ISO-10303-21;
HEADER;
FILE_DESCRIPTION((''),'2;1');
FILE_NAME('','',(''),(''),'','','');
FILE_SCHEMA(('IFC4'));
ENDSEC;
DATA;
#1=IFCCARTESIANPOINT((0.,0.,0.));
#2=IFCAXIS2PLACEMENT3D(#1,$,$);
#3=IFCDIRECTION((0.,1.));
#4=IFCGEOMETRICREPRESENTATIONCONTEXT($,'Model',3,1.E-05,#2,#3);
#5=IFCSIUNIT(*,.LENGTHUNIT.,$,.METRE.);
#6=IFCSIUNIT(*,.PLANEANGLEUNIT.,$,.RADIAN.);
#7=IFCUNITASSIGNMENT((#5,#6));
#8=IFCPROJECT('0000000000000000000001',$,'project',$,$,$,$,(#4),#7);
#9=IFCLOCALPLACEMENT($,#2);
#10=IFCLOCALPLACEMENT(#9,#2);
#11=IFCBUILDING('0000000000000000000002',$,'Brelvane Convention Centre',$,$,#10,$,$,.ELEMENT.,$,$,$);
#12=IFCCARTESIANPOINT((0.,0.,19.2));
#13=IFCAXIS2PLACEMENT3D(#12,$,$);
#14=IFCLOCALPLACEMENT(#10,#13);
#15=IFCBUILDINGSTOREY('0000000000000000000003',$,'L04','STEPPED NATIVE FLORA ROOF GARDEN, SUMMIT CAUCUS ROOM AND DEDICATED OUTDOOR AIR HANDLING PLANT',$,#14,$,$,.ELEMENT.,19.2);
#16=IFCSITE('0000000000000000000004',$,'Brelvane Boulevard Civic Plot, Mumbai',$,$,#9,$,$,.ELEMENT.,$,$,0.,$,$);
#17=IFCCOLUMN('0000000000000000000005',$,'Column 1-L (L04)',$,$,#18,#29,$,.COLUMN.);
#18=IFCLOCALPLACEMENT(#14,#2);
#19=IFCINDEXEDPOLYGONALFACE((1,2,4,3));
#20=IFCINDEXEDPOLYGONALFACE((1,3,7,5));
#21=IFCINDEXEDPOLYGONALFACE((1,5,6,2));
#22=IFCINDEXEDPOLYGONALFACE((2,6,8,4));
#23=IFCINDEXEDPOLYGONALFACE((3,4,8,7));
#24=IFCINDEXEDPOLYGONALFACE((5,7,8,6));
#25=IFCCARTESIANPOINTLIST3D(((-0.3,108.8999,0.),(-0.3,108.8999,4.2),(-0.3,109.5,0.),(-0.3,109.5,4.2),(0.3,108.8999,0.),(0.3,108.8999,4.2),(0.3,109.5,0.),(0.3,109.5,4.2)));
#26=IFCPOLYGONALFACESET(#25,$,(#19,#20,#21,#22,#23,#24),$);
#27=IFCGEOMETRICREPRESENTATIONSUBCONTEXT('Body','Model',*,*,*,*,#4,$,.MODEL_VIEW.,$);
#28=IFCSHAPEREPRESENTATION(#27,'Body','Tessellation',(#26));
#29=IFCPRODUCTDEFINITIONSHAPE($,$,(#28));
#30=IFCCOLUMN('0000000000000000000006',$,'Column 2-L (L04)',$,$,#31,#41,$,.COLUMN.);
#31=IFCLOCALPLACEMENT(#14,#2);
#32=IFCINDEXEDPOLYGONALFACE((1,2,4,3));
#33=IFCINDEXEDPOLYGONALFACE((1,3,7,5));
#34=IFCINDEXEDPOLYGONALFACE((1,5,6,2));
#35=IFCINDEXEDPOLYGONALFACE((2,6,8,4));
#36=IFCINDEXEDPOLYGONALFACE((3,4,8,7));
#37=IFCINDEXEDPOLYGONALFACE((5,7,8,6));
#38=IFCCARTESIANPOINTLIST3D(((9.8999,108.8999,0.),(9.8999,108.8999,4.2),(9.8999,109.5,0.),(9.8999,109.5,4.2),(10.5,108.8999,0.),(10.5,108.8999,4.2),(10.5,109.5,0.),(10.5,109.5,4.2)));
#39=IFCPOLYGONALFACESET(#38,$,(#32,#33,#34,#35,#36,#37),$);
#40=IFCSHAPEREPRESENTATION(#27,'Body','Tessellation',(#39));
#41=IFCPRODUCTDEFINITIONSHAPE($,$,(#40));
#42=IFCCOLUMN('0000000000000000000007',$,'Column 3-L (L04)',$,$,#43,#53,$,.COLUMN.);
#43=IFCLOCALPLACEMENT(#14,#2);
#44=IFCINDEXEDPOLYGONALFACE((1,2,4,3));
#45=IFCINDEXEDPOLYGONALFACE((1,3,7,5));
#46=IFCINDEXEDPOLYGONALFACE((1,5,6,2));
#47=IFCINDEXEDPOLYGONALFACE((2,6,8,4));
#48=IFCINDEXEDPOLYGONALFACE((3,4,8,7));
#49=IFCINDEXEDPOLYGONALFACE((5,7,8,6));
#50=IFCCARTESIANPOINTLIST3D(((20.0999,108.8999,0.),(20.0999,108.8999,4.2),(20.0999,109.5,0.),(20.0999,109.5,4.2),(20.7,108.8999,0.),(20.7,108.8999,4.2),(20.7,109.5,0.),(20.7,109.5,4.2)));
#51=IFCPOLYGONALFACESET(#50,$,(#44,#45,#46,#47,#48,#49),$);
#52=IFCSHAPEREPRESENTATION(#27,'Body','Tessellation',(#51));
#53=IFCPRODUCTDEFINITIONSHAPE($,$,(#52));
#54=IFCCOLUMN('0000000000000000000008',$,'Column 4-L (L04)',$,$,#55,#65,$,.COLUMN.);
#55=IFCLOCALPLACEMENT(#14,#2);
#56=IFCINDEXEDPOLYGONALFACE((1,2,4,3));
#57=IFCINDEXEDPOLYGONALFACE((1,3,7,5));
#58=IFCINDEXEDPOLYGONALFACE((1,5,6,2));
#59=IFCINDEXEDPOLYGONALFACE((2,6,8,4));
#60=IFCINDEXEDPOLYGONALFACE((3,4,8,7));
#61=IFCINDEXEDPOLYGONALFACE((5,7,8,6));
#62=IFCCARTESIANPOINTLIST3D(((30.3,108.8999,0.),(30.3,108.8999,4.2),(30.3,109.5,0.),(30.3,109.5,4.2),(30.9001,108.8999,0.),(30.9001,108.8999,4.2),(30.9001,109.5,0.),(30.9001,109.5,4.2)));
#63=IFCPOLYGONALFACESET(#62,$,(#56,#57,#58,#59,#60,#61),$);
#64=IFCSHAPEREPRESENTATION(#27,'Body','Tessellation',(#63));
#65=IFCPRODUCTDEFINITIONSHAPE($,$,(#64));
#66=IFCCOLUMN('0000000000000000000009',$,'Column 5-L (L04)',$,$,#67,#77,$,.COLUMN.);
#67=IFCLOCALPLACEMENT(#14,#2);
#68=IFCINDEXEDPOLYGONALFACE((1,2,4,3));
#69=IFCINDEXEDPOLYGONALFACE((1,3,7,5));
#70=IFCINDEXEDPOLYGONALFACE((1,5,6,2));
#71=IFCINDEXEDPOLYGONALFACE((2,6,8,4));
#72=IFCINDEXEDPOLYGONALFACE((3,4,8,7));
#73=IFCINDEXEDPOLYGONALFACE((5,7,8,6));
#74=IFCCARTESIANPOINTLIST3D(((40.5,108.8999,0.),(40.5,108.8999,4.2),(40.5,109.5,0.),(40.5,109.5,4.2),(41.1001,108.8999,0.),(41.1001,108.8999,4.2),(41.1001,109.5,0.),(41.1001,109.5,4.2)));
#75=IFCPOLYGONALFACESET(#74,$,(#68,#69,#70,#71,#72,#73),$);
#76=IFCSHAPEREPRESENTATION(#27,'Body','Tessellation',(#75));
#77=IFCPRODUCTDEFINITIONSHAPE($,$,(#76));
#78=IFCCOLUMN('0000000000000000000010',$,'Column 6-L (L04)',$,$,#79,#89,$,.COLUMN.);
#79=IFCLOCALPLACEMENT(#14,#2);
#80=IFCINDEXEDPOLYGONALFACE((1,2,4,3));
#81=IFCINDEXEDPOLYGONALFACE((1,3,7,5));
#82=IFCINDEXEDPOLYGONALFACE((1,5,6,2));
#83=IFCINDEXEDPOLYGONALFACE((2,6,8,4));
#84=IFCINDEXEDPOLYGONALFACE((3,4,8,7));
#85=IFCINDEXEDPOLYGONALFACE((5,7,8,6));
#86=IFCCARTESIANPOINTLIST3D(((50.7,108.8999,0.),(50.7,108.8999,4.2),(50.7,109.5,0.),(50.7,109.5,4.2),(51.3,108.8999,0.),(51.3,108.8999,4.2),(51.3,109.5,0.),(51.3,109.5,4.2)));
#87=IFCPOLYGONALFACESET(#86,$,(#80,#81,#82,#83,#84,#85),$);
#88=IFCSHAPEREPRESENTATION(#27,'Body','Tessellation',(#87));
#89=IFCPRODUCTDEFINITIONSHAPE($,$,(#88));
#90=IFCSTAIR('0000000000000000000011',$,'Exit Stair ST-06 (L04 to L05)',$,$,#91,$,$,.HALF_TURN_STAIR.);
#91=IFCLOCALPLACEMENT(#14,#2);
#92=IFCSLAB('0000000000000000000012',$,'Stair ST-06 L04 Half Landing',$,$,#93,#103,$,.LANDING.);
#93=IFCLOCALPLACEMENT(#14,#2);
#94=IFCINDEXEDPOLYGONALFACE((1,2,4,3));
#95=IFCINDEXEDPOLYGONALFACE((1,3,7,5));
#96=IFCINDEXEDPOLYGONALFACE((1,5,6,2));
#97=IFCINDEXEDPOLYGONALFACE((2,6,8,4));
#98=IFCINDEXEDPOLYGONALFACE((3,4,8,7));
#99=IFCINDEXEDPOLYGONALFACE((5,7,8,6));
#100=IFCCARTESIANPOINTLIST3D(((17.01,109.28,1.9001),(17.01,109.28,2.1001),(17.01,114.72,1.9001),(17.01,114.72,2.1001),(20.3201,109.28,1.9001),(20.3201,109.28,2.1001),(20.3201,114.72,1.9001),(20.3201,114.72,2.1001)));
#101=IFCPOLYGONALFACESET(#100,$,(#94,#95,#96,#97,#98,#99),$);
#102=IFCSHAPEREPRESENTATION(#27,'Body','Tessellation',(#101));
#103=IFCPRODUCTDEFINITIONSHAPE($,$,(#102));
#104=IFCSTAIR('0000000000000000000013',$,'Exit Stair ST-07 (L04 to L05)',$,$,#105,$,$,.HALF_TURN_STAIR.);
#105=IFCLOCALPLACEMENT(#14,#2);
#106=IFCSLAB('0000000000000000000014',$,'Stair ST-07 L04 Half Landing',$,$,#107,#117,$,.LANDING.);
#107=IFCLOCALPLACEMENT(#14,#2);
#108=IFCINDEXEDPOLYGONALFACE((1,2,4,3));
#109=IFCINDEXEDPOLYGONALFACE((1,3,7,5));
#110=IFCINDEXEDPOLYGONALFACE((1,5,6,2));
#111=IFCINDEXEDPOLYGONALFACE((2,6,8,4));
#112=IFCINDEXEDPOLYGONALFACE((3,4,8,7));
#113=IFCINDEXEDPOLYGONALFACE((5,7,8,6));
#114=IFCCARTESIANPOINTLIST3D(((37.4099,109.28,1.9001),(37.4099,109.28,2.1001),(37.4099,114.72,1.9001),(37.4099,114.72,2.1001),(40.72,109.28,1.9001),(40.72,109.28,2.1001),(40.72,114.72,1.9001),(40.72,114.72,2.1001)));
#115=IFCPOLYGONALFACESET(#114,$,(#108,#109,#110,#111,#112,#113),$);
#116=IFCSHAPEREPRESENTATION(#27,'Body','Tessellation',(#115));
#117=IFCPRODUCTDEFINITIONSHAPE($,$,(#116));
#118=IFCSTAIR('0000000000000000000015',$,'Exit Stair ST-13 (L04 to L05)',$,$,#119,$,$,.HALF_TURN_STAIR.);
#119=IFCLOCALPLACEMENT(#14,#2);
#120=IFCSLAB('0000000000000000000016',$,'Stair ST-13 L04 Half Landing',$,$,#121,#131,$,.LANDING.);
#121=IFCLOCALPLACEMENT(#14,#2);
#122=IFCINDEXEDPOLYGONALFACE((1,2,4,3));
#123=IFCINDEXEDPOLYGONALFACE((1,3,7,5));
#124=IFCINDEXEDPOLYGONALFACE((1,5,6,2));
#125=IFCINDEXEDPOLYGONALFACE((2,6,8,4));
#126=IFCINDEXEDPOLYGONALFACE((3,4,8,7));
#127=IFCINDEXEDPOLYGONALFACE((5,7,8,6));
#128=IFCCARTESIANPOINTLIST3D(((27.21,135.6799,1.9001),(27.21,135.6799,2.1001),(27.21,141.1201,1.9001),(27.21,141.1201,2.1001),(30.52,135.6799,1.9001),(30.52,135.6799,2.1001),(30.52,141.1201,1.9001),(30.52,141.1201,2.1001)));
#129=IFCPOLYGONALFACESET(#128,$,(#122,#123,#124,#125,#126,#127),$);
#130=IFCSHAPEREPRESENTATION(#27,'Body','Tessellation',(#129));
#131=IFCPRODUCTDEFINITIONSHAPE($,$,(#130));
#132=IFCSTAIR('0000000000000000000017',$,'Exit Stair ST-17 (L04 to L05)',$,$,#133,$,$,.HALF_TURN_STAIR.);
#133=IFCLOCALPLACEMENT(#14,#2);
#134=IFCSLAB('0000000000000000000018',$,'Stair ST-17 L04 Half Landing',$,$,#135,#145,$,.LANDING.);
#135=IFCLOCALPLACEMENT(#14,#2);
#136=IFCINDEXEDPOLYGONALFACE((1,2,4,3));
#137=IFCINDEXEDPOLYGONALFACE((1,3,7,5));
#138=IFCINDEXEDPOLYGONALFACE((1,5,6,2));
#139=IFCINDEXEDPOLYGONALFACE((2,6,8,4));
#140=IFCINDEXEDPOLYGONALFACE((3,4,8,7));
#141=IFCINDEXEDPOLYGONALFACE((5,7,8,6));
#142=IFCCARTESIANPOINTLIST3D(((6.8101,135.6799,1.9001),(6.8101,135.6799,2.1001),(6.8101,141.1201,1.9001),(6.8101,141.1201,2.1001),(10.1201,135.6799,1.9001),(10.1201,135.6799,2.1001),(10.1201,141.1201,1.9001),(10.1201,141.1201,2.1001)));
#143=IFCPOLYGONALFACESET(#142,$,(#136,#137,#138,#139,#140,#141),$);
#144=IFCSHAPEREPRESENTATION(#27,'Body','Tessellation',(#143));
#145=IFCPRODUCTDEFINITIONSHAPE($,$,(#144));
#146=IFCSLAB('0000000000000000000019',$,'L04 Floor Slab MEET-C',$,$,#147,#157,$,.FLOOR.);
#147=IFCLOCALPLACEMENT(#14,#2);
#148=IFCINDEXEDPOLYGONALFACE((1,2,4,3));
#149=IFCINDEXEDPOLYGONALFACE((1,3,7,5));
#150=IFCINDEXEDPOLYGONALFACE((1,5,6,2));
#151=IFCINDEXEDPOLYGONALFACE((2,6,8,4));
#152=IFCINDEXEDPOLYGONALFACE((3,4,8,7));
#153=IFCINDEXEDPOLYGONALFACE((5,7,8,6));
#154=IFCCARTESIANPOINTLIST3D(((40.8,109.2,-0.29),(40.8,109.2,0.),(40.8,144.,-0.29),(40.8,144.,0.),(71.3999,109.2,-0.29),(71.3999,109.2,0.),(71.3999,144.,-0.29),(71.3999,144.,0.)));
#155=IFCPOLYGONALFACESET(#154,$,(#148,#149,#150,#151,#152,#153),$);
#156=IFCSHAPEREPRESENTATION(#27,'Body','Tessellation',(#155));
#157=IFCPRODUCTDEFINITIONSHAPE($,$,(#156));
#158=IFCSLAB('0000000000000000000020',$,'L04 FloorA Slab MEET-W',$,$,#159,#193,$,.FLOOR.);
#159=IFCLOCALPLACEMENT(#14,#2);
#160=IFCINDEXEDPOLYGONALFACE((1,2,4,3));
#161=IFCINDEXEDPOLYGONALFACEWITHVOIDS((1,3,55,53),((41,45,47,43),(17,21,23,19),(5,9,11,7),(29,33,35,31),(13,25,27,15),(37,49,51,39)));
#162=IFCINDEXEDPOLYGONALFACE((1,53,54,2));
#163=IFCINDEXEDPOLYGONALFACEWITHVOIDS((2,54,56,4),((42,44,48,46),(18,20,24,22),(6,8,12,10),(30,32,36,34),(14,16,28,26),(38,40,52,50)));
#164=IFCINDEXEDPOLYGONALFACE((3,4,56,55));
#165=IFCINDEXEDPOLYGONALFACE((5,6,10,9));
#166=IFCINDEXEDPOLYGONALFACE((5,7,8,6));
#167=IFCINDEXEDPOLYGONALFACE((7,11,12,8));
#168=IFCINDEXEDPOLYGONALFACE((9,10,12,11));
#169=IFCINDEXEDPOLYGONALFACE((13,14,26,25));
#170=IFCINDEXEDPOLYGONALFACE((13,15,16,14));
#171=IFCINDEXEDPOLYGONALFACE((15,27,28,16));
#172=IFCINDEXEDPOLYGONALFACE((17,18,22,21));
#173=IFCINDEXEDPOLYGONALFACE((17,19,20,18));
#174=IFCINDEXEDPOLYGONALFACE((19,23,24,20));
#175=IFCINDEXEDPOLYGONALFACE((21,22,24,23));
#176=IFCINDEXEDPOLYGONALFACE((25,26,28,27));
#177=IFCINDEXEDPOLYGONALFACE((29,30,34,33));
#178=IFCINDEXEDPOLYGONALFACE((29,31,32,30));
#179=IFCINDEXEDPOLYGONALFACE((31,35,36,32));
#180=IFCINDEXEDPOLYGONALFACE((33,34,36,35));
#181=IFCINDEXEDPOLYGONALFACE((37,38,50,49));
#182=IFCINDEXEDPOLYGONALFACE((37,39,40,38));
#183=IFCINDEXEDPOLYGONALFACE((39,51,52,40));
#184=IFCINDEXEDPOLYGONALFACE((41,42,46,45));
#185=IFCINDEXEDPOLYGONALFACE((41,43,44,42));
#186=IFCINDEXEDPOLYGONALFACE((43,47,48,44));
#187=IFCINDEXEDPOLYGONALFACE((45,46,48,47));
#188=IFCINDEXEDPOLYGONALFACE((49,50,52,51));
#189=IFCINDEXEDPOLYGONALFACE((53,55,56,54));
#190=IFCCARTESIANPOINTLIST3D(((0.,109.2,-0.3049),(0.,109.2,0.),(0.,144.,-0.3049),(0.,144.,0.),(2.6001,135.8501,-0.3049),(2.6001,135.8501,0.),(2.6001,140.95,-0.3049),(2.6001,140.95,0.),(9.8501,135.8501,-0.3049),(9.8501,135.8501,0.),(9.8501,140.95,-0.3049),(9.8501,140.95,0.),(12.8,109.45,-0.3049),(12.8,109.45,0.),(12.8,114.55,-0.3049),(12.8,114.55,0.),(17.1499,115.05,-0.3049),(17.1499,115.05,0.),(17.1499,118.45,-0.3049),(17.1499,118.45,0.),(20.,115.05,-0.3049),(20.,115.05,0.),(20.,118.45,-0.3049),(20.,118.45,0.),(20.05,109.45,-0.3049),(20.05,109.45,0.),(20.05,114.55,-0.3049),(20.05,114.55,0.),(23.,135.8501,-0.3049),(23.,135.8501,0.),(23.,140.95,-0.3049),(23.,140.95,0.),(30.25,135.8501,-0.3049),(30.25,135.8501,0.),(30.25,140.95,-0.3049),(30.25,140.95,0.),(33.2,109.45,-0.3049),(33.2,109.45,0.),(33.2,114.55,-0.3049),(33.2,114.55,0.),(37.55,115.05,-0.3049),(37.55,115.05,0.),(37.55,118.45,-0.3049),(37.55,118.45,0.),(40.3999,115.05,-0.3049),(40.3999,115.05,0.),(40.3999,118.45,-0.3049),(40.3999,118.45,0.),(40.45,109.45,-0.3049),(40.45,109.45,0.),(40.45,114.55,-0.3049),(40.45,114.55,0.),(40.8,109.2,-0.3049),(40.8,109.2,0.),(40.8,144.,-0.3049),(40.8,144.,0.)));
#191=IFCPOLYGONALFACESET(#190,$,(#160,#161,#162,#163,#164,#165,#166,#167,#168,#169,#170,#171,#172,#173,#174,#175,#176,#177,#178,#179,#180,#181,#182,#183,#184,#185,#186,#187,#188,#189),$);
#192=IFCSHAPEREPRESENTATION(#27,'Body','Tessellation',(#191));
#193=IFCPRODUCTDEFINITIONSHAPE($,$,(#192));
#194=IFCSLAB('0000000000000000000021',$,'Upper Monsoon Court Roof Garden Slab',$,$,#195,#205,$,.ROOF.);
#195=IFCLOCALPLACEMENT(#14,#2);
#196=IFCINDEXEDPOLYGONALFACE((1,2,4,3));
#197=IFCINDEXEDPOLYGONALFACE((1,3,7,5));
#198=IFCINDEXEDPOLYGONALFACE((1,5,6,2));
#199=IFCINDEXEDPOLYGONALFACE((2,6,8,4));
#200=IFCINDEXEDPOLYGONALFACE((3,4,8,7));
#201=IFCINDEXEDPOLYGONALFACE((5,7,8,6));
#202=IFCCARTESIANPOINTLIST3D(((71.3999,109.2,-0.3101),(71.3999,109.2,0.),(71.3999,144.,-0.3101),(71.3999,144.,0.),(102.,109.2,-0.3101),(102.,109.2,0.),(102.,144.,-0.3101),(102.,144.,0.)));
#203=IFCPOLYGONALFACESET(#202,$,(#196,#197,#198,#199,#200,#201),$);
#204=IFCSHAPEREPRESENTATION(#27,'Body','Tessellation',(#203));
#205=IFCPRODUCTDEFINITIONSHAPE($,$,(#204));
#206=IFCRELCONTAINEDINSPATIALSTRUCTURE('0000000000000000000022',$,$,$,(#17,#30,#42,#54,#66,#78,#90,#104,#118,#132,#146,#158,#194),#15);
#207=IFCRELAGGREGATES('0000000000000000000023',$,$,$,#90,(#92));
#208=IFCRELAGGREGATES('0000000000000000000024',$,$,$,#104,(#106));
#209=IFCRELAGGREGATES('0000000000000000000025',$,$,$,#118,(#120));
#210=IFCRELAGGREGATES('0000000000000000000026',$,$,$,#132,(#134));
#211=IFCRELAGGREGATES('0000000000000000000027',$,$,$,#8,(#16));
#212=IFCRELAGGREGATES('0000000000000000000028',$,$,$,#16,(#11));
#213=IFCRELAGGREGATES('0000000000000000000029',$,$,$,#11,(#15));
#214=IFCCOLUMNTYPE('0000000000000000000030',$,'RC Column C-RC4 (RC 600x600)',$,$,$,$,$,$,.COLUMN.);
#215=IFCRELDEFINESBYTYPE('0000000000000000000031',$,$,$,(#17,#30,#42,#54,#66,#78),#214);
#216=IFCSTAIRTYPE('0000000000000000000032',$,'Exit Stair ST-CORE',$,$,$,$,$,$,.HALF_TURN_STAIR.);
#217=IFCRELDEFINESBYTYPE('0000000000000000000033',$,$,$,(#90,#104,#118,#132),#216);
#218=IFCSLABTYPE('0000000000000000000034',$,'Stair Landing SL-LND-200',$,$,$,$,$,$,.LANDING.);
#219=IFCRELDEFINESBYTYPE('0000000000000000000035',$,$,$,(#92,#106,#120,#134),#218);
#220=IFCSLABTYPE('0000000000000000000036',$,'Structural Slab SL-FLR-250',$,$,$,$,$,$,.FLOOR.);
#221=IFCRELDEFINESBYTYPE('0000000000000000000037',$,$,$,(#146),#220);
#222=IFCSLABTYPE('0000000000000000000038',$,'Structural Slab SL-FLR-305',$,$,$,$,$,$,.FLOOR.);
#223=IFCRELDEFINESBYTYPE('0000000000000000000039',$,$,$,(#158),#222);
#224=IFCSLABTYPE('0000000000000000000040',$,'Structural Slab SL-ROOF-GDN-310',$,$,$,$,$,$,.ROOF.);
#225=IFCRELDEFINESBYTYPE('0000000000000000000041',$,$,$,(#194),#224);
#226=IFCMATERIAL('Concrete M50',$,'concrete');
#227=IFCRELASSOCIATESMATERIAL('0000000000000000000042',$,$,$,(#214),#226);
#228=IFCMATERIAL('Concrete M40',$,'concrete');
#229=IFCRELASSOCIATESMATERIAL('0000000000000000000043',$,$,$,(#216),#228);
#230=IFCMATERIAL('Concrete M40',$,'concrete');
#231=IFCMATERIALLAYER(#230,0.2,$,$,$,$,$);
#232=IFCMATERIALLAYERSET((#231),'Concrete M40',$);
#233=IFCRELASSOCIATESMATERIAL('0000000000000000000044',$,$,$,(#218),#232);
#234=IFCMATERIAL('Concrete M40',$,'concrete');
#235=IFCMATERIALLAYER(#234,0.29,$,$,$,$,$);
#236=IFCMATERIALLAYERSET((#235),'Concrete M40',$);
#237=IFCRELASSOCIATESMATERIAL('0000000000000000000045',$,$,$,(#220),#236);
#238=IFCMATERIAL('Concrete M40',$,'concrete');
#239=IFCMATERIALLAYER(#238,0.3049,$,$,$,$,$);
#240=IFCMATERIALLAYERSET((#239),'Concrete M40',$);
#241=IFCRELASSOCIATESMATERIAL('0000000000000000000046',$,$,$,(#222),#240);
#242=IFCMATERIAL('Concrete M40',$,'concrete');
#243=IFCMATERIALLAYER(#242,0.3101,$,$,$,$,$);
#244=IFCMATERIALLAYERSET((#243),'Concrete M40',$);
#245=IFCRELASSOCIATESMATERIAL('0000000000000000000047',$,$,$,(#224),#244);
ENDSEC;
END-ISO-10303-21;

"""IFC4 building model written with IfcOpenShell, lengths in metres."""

from ifc_helpers import new_model, si_unit, direction, frame, origin, origin_2d, place, context, subcontext, project, spatial, polyline, rectangle, outline, extrude, material, layer, layer_set, material_profile, profile_set, type_object, element, aggregate, save


model = new_model("IFC4")

# Units and contexts
model_context = context("Model", 3, precision=1e-05, world=origin(), true_north=direction((0.0, 1.0)))
body_context = subcontext(model_context, "Body", "Model", "MODEL_VIEW")
ifc_project = project(units=[si_unit("LENGTHUNIT", "METRE"), si_unit("PLANEANGLEUNIT", "RADIAN")], contexts=[model_context])

# Site, building, storey
site_placement = place(None, origin())
site = spatial("IfcSite", under=ifc_project, at=site_placement, Name="Brelvane Boulevard Civic Plot, Mumbai", CompositionType="ELEMENT", RefElevation=0.0)
building_placement = place(site_placement, origin())
building = spatial("IfcBuilding", under=site, at=building_placement, Name="Brelvane Convention Centre", CompositionType="ELEMENT")
storey_placement = place(building_placement, frame((0.0, 0.0, 19.2)))
storey = spatial("IfcBuildingStorey", under=building, at=storey_placement, Name="L04", Description="STEPPED NATIVE FLORA ROOF GARDEN, SUMMIT CAUCUS ROOM AND DEDICATED OUTDOOR AIR HANDLING PLANT", CompositionType="ELEMENT", Elevation=19.2)

# Columns
ifc_material_1 = material(Name="Concrete M50", Category="concrete")
ifc_material_profile = material_profile(ifc_material_1, rectangle(XDim=0.6001, YDim=0.6001, at=origin_2d()), Name="RC 600x600")
ifc_profile_set = profile_set([ifc_material_profile], Name="Concrete M50")
column_type = type_object("IfcColumnType", Name="RC Column C-RC4 (RC 600x600)", PredefinedType="COLUMN", material=ifc_profile_set)
for number, where, z_axis, x_axis, name in (
    (1, (0.0, 109.2, 0.0), (0.0, 0.0, 1.0), (1.0, 0.0, 0.0), "Column 1-L (L04)"),
    (2, (10.2, 109.2, 0.0), (0.0, 0.0, 1.0), (1.0, 0.0, 0.0), "Column 2-L (L04)"),
    (3, (20.3999, 109.2, 0.0), (0.0, 0.0, 1.0), (1.0, 0.0, 0.0), "Column 3-L (L04)"),
    (4, (30.6001, 109.2, 0.0), (0.0, 0.0, 1.0), (1.0, 0.0, 0.0), "Column 4-L (L04)"),
    (5, (40.8, 109.2, 0.0), (0.0, 0.0, 1.0), (1.0, 0.0, 0.0), "Column 5-L (L04)"),
    (6, (51.0, 109.2, 0.0), (0.0, 0.0, 1.0), (1.0, 0.0, 0.0), "Column 6-L (L04)"),
):
    element("IfcColumn", number, at=place(storey_placement, frame(where, z_axis=z_axis, x_axis=x_axis)), inside=storey, type_object=column_type, Name=name, PredefinedType="COLUMN", context=body_context, shape_type="SweptSolid", body=[
        extrude(rectangle(XDim=0.6001, YDim=0.6001, at=origin_2d()), origin(), (0.0, 0.0, 1.0), 4.2),
    ])

# Stairs, slabs
ifc_material_2 = material(Name="Concrete M40", Category="concrete")
stair_type = type_object("IfcStairType", Name="Exit Stair ST-CORE", PredefinedType="HALF_TURN_STAIR", material=ifc_material_2)
stair_1_placement = place(storey_placement, origin())
stair_1 = element("IfcStair", 7, at=stair_1_placement, inside=storey, type_object=stair_type, Name="Exit Stair ST-06 (L04 to L05)", PredefinedType="HALF_TURN_STAIR")
ifc_material_3 = material(Name="Concrete M40", Category="concrete")
ifc_layer_1 = layer(ifc_material_3, 0.2)
ifc_layer_set_1 = layer_set([ifc_layer_1], Name="Concrete M40")
slab_type_1 = type_object("IfcSlabType", Name="Stair Landing SL-LND-200", PredefinedType="LANDING", material=ifc_layer_set_1)
slab_1_placement = place(storey_placement, frame((0.0, 0.0, 1.9001)))
slab_1 = element("IfcSlab", 8, at=slab_1_placement, type_object=slab_type_1, Name="Stair ST-06 L04 Half Landing", PredefinedType="LANDING", context=body_context, shape_type="SweptSolid", body=[
    extrude(outline(polyline([(17.01, 109.28), (20.3201, 109.28), (20.3201, 114.72), (17.01, 114.72), (17.01, 109.28)])), origin(), (0.0, 0.0, 1.0), 0.2),
])
aggregate(stair_1, [slab_1])
stair_2_placement = place(storey_placement, origin())
stair_2 = element("IfcStair", 9, at=stair_2_placement, inside=storey, type_object=stair_type, Name="Exit Stair ST-07 (L04 to L05)", PredefinedType="HALF_TURN_STAIR")
slab_2_placement = place(storey_placement, frame((0.0, 0.0, 1.9001)))
slab_2 = element("IfcSlab", 10, at=slab_2_placement, type_object=slab_type_1, Name="Stair ST-07 L04 Half Landing", PredefinedType="LANDING", context=body_context, shape_type="SweptSolid", body=[
    extrude(outline(polyline([(37.4099, 109.28), (40.72, 109.28), (40.72, 114.72), (37.4099, 114.72), (37.4099, 109.28)])), origin(), (0.0, 0.0, 1.0), 0.2),
])
aggregate(stair_2, [slab_2])
stair_3_placement = place(storey_placement, origin())
stair_3 = element("IfcStair", 11, at=stair_3_placement, inside=storey, type_object=stair_type, Name="Exit Stair ST-13 (L04 to L05)", PredefinedType="HALF_TURN_STAIR")
slab_3_placement = place(storey_placement, frame((0.0, 0.0, 1.9001)))
slab_3 = element("IfcSlab", 12, at=slab_3_placement, type_object=slab_type_1, Name="Stair ST-13 L04 Half Landing", PredefinedType="LANDING", context=body_context, shape_type="SweptSolid", body=[
    extrude(outline(polyline([(27.21, 135.6799), (30.52, 135.6799), (30.52, 141.1201), (27.21, 141.1201), (27.21, 135.6799)])), origin(), (0.0, 0.0, 1.0), 0.2),
])
aggregate(stair_3, [slab_3])
stair_4_placement = place(storey_placement, origin())
stair_4 = element("IfcStair", 13, at=stair_4_placement, inside=storey, type_object=stair_type, Name="Exit Stair ST-17 (L04 to L05)", PredefinedType="HALF_TURN_STAIR")
slab_4_placement = place(storey_placement, frame((0.0, 0.0, 1.9001)))
slab_4 = element("IfcSlab", 14, at=slab_4_placement, type_object=slab_type_1, Name="Stair ST-17 L04 Half Landing", PredefinedType="LANDING", context=body_context, shape_type="SweptSolid", body=[
    extrude(outline(polyline([(6.8101, 135.6799), (10.1201, 135.6799), (10.1201, 141.1201), (6.8101, 141.1201), (6.8101, 135.6799)])), origin(), (0.0, 0.0, 1.0), 0.2),
])
aggregate(stair_4, [slab_4])

# Slabs
ifc_material_4 = material(Name="Concrete M40", Category="concrete")
ifc_layer_2 = layer(ifc_material_4, 0.29)
ifc_layer_set_2 = layer_set([ifc_layer_2], Name="Concrete M40")
slab_type_2 = type_object("IfcSlabType", Name="Structural Slab SL-FLR-250", PredefinedType="FLOOR", material=ifc_layer_set_2)
slab_5_placement = place(storey_placement, frame((0.0, 0.0, -0.29)))
element("IfcSlab", 15, at=slab_5_placement, inside=storey, type_object=slab_type_2, Name="L04 Floor Slab MEET-C", PredefinedType="FLOOR", context=body_context, shape_type="SweptSolid", body=[
    extrude(outline(polyline([(40.8, 109.2), (71.3999, 109.2), (71.3999, 144.0), (40.8, 144.0), (40.8, 109.2)])), origin(), (0.0, 0.0, 1.0), 0.29),
])
ifc_material_5 = material(Name="Concrete M40", Category="concrete")
ifc_layer_3 = layer(ifc_material_5, 0.3049)
ifc_layer_set_3 = layer_set([ifc_layer_3], Name="Concrete M40")
slab_type_3 = type_object("IfcSlabType", Name="Structural Slab SL-FLR-305", PredefinedType="FLOOR", material=ifc_layer_set_3)
slab_6_placement = place(storey_placement, frame((0.0, 0.0, -0.3049)))
element("IfcSlab", 16, at=slab_6_placement, inside=storey, type_object=slab_type_3, Name="L04 FloorA Slab MEET-W", PredefinedType="FLOOR", context=body_context, shape_type="SweptSolid", body=[
    extrude(outline(polyline([(0.0, 109.2), (40.8, 109.2), (40.8, 144.0), (0.0, 144.0), (0.0, 109.2)]), holes=[polyline([(12.8, 109.45), (20.05, 109.45), (20.05, 114.55), (12.8, 114.55), (12.8, 109.45)]), polyline([(17.1499, 115.05), (20.0, 115.05), (20.0, 118.45), (17.1499, 118.45), (17.1499, 115.05)]), polyline([(33.2, 109.45), (40.45, 109.45), (40.45, 114.55), (33.2, 114.55), (33.2, 109.45)]), polyline([(37.55, 115.05), (40.3999, 115.05), (40.3999, 118.45), (37.55, 118.45), (37.55, 115.05)]), polyline([(23.0, 135.8501), (30.25, 135.8501), (30.25, 140.95), (23.0, 140.95), (23.0, 135.8501)]), polyline([(2.6001, 135.8501), (9.8501, 135.8501), (9.8501, 140.95), (2.6001, 140.95), (2.6001, 135.8501)])]), origin(), (0.0, 0.0, 1.0), 0.3049),
])
ifc_material_6 = material(Name="Concrete M40", Category="concrete")
ifc_layer_4 = layer(ifc_material_6, 0.3101)
ifc_layer_set_4 = layer_set([ifc_layer_4], Name="Concrete M40")
slab_type_4 = type_object("IfcSlabType", Name="Structural Slab SL-ROOF-GDN-310", PredefinedType="ROOF", material=ifc_layer_set_4)
slab_7_placement = place(storey_placement, frame((0.0, 0.0, -0.3101)))
element("IfcSlab", 17, at=slab_7_placement, inside=storey, type_object=slab_type_4, Name="Upper Monsoon Court Roof Garden Slab", PredefinedType="ROOF", context=body_context, shape_type="SweptSolid", body=[
    extrude(outline(polyline([(71.3999, 109.2), (102.0, 109.2), (102.0, 144.0), (71.3999, 144.0), (71.3999, 109.2)])), origin(), (0.0, 0.0, 1.0), 0.3101),
])

save(model, "model.ifc")
